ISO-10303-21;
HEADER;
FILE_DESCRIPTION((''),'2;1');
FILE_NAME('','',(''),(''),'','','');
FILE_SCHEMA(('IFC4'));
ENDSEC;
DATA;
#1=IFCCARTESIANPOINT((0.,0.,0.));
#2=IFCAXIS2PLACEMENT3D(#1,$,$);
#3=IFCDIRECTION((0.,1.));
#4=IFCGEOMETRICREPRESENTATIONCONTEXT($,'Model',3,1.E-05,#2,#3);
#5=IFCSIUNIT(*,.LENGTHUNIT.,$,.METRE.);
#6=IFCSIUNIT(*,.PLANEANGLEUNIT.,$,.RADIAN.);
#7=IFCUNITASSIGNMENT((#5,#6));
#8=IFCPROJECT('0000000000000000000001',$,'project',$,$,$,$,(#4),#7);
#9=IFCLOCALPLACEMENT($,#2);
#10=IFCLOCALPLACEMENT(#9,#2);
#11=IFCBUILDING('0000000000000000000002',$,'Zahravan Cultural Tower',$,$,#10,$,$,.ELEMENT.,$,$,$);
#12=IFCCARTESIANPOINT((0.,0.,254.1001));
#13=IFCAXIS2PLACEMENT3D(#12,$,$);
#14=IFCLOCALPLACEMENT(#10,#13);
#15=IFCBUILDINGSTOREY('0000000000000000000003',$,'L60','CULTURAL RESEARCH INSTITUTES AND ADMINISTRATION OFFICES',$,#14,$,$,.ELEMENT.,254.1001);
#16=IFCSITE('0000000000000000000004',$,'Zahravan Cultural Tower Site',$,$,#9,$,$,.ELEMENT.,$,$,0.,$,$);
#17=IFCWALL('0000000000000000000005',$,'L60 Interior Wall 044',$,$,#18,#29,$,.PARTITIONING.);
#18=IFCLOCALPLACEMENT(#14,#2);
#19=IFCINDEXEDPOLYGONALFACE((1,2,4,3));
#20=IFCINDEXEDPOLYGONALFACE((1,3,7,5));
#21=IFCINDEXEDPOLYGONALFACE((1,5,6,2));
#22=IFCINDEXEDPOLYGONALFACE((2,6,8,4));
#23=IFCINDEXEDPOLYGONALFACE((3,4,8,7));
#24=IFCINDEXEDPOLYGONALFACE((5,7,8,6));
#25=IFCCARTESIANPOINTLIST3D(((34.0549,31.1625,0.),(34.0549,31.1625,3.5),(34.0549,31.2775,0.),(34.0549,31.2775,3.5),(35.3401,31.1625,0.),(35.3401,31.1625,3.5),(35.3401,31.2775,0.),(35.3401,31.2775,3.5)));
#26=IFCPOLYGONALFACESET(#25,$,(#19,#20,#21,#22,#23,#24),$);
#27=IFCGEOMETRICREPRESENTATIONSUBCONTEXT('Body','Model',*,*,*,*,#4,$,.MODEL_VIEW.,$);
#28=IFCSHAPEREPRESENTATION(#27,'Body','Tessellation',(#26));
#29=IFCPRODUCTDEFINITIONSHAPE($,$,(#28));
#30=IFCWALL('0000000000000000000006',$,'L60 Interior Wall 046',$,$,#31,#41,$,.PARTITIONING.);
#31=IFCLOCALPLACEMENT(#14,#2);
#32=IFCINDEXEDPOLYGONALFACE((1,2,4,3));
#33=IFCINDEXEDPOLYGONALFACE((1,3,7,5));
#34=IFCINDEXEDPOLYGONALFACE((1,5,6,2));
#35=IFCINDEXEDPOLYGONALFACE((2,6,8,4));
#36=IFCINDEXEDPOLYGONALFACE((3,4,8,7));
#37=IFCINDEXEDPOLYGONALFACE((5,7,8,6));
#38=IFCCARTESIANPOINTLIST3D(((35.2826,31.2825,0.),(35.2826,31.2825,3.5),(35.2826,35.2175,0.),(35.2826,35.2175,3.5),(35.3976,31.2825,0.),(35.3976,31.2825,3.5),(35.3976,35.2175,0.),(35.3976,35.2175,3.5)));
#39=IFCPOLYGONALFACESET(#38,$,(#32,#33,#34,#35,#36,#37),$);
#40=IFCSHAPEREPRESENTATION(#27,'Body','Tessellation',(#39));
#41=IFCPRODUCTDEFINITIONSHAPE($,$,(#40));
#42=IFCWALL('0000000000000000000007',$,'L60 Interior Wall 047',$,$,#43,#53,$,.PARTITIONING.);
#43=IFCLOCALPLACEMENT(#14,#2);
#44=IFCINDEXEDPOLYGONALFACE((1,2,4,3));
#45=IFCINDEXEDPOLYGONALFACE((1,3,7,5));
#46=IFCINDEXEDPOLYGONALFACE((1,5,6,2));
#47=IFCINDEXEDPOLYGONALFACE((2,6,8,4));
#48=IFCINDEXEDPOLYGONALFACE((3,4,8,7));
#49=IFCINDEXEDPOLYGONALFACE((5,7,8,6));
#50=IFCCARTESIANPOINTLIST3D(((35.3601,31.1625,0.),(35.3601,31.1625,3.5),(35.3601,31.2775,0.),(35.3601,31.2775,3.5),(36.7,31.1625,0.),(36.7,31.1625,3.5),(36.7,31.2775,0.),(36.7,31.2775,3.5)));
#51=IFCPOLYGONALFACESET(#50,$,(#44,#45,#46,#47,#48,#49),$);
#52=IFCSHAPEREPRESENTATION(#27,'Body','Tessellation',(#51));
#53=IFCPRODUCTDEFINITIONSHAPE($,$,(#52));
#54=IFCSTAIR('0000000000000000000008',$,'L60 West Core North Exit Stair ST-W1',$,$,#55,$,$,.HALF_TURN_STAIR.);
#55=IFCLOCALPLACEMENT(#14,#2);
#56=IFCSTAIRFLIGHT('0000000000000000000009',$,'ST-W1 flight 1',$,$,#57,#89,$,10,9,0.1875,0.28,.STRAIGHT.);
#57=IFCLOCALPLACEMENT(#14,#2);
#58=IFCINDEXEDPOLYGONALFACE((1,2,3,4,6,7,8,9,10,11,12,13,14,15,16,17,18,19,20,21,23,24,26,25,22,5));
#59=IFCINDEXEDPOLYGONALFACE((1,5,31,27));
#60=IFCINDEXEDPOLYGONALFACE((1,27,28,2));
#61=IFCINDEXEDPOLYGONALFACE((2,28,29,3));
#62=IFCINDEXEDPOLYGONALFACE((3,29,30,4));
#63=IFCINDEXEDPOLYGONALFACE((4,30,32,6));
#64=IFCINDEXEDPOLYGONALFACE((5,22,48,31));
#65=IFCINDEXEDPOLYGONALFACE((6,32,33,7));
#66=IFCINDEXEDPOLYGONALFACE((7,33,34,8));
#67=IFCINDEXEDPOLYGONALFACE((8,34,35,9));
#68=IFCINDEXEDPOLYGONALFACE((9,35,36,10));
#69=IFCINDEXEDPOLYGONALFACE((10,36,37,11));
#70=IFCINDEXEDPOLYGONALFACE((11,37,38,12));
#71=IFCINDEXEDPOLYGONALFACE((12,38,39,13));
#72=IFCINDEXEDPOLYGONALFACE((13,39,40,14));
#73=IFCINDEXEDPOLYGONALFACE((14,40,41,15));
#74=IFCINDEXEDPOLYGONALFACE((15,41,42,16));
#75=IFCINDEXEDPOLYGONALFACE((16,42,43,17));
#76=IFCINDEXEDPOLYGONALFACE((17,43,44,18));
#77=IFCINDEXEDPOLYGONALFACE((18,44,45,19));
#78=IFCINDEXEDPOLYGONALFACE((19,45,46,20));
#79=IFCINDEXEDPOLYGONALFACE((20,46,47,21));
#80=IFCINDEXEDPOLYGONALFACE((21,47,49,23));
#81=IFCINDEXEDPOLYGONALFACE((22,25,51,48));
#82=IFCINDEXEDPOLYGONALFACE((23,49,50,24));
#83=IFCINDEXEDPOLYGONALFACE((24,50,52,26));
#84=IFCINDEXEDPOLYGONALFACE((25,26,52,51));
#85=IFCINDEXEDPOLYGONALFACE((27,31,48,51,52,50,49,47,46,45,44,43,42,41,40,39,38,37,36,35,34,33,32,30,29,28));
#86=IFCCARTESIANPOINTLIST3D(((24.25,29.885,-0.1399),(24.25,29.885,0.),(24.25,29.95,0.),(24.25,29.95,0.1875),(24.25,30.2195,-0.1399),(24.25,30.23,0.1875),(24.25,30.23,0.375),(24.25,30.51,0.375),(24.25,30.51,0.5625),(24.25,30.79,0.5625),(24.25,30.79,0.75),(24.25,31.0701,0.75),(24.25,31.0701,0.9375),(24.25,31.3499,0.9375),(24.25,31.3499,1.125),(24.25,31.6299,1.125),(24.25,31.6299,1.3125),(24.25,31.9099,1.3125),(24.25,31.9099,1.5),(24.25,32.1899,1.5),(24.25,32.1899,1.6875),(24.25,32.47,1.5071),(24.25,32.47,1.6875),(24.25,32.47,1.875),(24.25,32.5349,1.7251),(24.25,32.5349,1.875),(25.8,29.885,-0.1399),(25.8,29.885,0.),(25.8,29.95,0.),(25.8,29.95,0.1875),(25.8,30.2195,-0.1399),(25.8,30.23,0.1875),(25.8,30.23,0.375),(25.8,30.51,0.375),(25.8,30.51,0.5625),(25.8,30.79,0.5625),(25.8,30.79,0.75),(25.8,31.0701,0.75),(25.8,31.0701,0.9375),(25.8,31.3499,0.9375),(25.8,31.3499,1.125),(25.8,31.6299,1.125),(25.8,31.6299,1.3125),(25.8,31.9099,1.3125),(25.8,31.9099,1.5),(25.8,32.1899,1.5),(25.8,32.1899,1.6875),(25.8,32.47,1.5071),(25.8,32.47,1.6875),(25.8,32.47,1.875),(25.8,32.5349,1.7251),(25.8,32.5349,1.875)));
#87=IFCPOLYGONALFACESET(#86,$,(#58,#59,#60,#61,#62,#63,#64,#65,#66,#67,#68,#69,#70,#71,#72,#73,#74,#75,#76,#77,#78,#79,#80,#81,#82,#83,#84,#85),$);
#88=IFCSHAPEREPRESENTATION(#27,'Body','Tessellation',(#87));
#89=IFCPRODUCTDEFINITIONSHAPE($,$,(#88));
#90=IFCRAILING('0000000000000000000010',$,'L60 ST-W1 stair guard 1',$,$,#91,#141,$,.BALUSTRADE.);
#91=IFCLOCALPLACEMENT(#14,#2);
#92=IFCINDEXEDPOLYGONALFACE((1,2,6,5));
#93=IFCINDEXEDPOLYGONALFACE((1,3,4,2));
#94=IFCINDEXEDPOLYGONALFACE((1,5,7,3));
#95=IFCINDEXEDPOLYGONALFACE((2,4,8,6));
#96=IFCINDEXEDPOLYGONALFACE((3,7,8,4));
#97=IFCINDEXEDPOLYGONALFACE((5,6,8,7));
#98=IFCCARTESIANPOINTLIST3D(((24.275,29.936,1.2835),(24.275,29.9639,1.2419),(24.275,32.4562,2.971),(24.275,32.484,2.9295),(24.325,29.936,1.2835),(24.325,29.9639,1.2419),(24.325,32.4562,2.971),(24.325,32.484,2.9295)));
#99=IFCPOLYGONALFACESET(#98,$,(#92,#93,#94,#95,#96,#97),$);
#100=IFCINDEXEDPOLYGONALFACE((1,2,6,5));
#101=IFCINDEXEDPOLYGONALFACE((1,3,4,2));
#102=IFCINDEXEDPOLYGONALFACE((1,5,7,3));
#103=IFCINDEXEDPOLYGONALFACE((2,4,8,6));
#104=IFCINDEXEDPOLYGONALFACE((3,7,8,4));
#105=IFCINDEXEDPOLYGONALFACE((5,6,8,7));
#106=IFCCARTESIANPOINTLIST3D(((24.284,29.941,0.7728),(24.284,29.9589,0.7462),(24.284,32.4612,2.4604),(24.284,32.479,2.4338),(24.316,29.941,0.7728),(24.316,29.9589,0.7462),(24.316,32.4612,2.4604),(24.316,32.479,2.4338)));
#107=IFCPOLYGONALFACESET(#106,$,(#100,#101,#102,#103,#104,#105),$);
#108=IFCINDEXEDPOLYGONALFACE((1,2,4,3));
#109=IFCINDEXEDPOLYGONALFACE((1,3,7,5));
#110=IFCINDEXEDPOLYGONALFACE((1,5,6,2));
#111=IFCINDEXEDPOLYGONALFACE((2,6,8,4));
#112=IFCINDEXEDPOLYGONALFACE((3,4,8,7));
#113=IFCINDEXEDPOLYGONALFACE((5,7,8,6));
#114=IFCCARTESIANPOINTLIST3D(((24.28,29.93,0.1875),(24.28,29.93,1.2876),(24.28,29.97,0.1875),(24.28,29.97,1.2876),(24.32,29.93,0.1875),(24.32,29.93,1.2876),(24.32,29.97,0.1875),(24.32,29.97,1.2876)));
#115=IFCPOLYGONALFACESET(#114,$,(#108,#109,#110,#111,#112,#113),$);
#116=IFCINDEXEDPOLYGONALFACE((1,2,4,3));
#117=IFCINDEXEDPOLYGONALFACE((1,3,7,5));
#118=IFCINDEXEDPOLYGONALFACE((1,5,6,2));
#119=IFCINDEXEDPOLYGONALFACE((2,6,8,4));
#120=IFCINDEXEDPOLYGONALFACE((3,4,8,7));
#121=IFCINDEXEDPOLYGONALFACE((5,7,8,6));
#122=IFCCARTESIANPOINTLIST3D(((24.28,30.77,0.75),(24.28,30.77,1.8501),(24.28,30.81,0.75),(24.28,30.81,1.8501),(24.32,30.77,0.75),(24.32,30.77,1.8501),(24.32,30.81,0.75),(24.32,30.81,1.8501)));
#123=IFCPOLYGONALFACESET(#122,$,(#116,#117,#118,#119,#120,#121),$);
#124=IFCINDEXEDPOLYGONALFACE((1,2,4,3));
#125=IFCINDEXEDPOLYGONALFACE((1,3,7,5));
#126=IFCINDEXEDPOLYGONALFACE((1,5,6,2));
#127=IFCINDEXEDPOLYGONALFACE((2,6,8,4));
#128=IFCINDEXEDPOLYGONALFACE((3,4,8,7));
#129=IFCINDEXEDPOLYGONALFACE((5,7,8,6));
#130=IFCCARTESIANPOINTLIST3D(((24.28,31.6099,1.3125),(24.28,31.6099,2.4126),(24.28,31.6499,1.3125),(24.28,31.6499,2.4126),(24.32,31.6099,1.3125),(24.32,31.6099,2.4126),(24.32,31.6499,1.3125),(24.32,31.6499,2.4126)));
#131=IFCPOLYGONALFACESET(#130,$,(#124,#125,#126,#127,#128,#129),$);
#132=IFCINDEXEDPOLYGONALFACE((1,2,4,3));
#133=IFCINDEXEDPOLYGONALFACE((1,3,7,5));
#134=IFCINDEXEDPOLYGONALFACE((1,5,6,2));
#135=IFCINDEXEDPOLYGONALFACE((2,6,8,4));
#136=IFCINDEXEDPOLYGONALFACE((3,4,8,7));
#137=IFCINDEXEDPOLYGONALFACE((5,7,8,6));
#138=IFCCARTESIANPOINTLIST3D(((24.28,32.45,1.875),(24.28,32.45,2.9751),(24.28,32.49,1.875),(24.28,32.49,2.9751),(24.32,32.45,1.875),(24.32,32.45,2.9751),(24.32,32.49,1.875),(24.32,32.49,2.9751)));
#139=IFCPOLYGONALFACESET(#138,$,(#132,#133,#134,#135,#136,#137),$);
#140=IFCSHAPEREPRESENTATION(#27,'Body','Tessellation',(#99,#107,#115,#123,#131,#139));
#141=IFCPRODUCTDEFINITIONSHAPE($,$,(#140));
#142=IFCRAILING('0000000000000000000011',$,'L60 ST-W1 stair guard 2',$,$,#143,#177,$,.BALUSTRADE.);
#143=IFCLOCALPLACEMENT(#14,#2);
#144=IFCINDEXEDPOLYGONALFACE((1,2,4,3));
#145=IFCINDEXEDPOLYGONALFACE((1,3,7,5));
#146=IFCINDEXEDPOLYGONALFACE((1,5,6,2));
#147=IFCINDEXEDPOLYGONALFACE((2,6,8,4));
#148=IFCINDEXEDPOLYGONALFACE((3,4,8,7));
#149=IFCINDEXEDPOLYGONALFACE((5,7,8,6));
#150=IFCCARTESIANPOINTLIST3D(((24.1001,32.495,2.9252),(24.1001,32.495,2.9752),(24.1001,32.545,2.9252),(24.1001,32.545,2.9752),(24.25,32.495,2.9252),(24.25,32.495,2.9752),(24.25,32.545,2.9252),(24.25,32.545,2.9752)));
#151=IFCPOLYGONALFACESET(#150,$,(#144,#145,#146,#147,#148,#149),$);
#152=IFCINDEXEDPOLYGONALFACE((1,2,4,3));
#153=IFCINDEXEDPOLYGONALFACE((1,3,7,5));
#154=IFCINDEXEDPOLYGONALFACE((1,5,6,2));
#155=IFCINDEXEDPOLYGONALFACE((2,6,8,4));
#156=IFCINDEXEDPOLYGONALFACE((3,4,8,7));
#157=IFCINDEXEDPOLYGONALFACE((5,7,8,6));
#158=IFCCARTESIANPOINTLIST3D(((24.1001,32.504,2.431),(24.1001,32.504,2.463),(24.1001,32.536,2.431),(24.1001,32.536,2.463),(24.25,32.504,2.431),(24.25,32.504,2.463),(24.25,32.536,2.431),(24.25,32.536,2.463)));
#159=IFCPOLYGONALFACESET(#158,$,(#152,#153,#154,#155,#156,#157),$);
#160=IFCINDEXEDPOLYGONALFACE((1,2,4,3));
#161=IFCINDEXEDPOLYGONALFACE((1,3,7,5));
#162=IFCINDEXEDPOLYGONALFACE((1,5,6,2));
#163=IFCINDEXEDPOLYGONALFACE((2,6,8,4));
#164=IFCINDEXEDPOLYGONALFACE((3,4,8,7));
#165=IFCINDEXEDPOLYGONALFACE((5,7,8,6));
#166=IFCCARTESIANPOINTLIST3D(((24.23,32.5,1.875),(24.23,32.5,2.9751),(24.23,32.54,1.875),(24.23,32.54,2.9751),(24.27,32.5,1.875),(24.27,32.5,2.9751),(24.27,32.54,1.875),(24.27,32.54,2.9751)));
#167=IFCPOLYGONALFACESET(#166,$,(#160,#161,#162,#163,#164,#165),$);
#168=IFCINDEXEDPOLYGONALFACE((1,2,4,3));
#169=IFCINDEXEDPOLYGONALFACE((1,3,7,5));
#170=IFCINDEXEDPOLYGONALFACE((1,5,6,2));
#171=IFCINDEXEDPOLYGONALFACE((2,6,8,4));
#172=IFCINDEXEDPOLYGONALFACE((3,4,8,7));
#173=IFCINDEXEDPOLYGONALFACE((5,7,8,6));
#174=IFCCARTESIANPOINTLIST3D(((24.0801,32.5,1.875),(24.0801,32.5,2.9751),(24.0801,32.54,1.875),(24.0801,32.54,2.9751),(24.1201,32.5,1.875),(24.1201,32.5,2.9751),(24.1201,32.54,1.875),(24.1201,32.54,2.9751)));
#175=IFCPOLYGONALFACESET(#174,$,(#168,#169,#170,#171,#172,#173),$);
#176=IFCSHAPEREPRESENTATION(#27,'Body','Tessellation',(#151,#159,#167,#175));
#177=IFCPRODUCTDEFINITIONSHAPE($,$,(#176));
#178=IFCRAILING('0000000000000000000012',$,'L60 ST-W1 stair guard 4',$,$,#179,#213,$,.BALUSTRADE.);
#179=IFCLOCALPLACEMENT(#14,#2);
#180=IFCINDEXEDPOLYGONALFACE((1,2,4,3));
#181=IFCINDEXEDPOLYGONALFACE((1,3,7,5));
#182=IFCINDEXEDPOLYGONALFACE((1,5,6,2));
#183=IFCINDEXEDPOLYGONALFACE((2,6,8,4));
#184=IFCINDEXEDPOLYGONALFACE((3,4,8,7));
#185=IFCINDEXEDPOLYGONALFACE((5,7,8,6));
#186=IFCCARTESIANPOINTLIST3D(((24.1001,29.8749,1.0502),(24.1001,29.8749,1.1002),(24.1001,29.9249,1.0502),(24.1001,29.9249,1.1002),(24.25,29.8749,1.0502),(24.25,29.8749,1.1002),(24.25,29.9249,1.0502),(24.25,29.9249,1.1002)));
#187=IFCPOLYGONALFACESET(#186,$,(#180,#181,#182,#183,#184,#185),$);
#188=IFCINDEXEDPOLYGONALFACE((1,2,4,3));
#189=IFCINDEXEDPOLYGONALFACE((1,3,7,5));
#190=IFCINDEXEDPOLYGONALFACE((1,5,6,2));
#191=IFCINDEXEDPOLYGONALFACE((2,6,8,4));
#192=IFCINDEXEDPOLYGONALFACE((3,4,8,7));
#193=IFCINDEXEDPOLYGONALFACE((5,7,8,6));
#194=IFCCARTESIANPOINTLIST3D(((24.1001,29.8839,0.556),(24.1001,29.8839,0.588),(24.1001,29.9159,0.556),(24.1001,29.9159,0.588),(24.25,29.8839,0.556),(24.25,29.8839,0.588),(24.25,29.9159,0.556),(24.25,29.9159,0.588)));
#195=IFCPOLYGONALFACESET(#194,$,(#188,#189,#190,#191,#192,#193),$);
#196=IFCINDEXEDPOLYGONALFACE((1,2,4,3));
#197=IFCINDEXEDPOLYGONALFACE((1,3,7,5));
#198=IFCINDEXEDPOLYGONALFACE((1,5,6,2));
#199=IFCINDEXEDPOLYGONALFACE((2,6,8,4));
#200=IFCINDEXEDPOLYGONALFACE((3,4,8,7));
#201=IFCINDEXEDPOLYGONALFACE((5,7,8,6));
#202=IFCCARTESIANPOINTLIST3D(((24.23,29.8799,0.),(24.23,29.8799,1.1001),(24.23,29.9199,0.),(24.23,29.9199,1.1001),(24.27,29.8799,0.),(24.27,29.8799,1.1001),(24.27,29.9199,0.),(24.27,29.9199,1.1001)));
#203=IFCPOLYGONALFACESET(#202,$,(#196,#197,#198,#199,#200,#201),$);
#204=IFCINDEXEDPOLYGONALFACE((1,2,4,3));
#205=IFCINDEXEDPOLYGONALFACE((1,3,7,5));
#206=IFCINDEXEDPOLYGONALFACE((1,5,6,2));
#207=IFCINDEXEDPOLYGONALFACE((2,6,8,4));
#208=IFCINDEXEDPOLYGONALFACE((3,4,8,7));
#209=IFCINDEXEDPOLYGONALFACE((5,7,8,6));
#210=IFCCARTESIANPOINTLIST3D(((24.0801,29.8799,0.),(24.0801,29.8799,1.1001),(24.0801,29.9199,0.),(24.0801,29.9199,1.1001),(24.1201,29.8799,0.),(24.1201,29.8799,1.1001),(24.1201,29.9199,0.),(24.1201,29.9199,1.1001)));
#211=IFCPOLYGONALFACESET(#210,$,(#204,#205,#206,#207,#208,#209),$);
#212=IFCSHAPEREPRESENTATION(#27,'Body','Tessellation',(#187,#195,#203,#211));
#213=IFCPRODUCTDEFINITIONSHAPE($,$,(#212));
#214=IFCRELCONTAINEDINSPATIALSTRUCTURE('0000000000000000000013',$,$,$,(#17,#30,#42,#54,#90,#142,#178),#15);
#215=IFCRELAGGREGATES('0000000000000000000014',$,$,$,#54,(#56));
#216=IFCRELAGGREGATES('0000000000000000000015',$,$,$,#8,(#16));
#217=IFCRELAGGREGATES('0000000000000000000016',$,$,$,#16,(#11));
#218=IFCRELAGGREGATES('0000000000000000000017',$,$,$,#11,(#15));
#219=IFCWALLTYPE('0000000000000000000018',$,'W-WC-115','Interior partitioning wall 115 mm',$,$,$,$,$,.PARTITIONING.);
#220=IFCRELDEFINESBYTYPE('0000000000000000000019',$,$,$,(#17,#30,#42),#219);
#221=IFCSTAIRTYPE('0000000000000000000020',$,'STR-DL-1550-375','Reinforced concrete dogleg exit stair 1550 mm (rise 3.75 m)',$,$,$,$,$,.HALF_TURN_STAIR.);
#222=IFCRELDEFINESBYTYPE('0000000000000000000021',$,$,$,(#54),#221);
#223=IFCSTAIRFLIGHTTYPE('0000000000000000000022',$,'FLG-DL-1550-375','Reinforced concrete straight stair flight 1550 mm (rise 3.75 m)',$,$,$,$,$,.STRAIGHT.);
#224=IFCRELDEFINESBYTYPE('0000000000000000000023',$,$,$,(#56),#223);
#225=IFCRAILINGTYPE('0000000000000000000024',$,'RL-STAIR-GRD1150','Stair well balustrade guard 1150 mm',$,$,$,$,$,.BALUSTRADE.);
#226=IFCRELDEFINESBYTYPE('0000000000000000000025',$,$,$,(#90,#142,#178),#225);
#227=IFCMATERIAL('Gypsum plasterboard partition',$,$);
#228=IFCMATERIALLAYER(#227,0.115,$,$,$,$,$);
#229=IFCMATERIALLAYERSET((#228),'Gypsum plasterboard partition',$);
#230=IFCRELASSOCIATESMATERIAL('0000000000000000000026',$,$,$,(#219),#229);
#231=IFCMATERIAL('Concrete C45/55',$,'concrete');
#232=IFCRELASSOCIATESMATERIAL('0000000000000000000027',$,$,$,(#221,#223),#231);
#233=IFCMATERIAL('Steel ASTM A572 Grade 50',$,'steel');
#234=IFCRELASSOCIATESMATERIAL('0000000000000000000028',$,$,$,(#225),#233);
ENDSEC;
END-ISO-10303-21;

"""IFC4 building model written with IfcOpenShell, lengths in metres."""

from ifc_helpers import new_model, si_unit, direction, frame, frame_2d, origin, origin_2d, place, context, subcontext, project, spatial, polyline, rectangle, outline, extrude, source, transform, mapped, material, layer, layer_set, type_object, element, aggregate, save


model = new_model("IFC4")

# Units and contexts
model_context = context("Model", 3, precision=1e-05, world=origin(), true_north=direction((0.0, 1.0)))
body_context = subcontext(model_context, "Body", "Model", "MODEL_VIEW")
ifc_project = project(units=[si_unit("LENGTHUNIT", "METRE"), si_unit("PLANEANGLEUNIT", "RADIAN")], contexts=[model_context])

# Site, building, storey
site_placement = place(None, origin())
site = spatial("IfcSite", under=ifc_project, at=site_placement, Name="Zahravan Cultural Tower Site", CompositionType="ELEMENT", RefElevation=0.0)
building_placement = place(site_placement, origin())
building = spatial("IfcBuilding", under=site, at=building_placement, Name="Zahravan Cultural Tower", CompositionType="ELEMENT")
storey_placement = place(building_placement, frame((0.0, 0.0, 254.1001)))
storey = spatial("IfcBuildingStorey", under=building, at=storey_placement, Name="L60", Description="CULTURAL RESEARCH INSTITUTES AND ADMINISTRATION OFFICES", CompositionType="ELEMENT", Elevation=254.1001)

# Shared definitions
ifc_material_1 = material(Name="Concrete C45/55", Category="concrete")
ifc_material_2 = material(Name="Steel ASTM A572 Grade 50", Category="steel")
ifc_material_3 = material(Name="Gypsum plasterboard partition")
ifc_layer_1 = layer(ifc_material_3, 0.115)
ifc_layer_set_1 = layer_set([ifc_layer_1], Name="Gypsum plasterboard partition")
wall_type_1 = type_object("IfcWallType", Name="W-WC-115", Description="Interior partitioning wall 115 mm", PredefinedType="PARTITIONING", material=ifc_layer_set_1)

# Walls
shared_shape_1 = source(origin(), body_context, "Body", "SweptSolid", [
    extrude(rectangle(XDim=1.2852, YDim=0.115, at=frame_2d((0.6426, 0.0))), origin(), (0.0, 0.0, 1.0), 3.5),
])
wall_1_placement = place(storey_placement, frame((35.3401, 31.22, 0.0), z_axis=(0.0, 0.0, 1.0), x_axis=(-1.0, 0.0, 0.0)))
element("IfcWall", 1, at=wall_1_placement, inside=storey, type_object=wall_type_1, Name="L60 Interior Wall 044", PredefinedType="PARTITIONING", context=body_context, shape_type="MappedRepresentation", body=[
    mapped(shared_shape_1, transform((0.0, 0.0, 0.0), x_axis=(1.0, 0.0, 0.0), y_axis=(0.0, 1.0, 0.0), z_axis=(0.0, 0.0, 1.0), scale=1.0)),
])
shared_shape_2 = source(origin(), body_context, "Body", "SweptSolid", [
    extrude(rectangle(XDim=3.9351, YDim=0.115, at=frame_2d((1.9675, 0.0))), origin(), (0.0, 0.0, 1.0), 3.5),
])
wall_2_placement = place(storey_placement, frame((35.3401, 35.2175, 0.0), z_axis=(0.0, 0.0, 1.0), x_axis=(0.0, -1.0, 0.0)))
element("IfcWall", 2, at=wall_2_placement, inside=storey, type_object=wall_type_1, Name="L60 Interior Wall 046", PredefinedType="PARTITIONING", context=body_context, shape_type="MappedRepresentation", body=[
    mapped(shared_shape_2, transform((0.0, 0.0, 0.0), x_axis=(1.0, 0.0, 0.0), y_axis=(0.0, 1.0, 0.0), z_axis=(0.0, 0.0, 1.0), scale=1.0)),
])
shared_shape_3 = source(origin(), body_context, "Body", "SweptSolid", [
    extrude(rectangle(XDim=1.3398, YDim=0.115, at=frame_2d((0.6699, 0.0))), origin(), (0.0, 0.0, 1.0), 3.5),
])
wall_3_placement = place(storey_placement, frame((36.7, 31.22, 0.0), z_axis=(0.0, 0.0, 1.0), x_axis=(-1.0, 0.0, 0.0)))
element("IfcWall", 3, at=wall_3_placement, inside=storey, type_object=wall_type_1, Name="L60 Interior Wall 047", PredefinedType="PARTITIONING", context=body_context, shape_type="MappedRepresentation", body=[
    mapped(shared_shape_3, transform((0.0, 0.0, 0.0), x_axis=(1.0, 0.0, 0.0), y_axis=(0.0, 1.0, 0.0), z_axis=(0.0, 0.0, 1.0), scale=1.0)),
])

# Stair, stair flight
stair_type = type_object("IfcStairType", Name="STR-DL-1550-375", Description="Reinforced concrete dogleg exit stair 1550 mm (rise 3.75 m)", PredefinedType="HALF_TURN_STAIR", material=ifc_material_1)
stair_placement = place(storey_placement, origin())
stair = element("IfcStair", 4, at=stair_placement, inside=storey, type_object=stair_type, Name="L60 West Core North Exit Stair ST-W1", PredefinedType="HALF_TURN_STAIR")
stair_flight_type = type_object("IfcStairFlightType", Name="FLG-DL-1550-375", Description="Reinforced concrete straight stair flight 1550 mm (rise 3.75 m)", PredefinedType="STRAIGHT", material=ifc_material_1)
stair_flight_placement = place(storey_placement, frame((25.0249, 29.95, 0.0), z_axis=(0.0, 0.0, 1.0), x_axis=(0.0, 1.0, 0.0)))
stair_flight = element("IfcStairFlight", 5, at=stair_flight_placement, type_object=stair_flight_type, Name="ST-W1 flight 1", NumberOfRisers=10, NumberOfTreads=9, PredefinedType="STRAIGHT", RiserHeight=0.1875, TreadLength=0.28, context=body_context, shape_type="SweptSolid", body=[
    extrude(outline(polyline([(-0.0649, -0.1399), (-0.0649, 0.0), (0.0, 0.0), (0.0, 0.1875), (0.28, 0.1875), (0.28, 0.375), (0.5601, 0.375), (0.5601, 0.5625), (0.8401, 0.5625), (0.8401, 0.75), (1.1201, 0.75), (1.1201, 0.9375), (1.3999, 0.9375), (1.3999, 1.125), (1.6799, 1.125), (1.6799, 1.3125), (1.96, 1.3125), (1.96, 1.5), (2.24, 1.5), (2.24, 1.6875), (2.52, 1.6875), (2.52, 1.875), (2.585, 1.875), (2.585, 1.7251), (2.52, 1.5071), (0.2695, -0.1399), (-0.0649, -0.1399)])), frame((0.0, 0.7749, 0.0), z_axis=(0.0, -1.0, 0.0), x_axis=(1.0, 0.0, 0.0)), (0.0, 0.0, 1.0), 1.55),
])
aggregate(stair, [stair_flight])

# Railings
railing_type_1 = type_object("IfcRailingType", Name="RL-STAIR-GRD1150", Description="Stair well balustrade guard 1150 mm", PredefinedType="BALUSTRADE", material=ifc_material_2)
railing_1_placement = place(storey_placement, frame((24.3, 29.95, 0.1875)))
element("IfcRailing", 6, at=railing_1_placement, inside=storey, type_object=railing_type_1, Name="L60 ST-W1 stair guard 1", PredefinedType="BALUSTRADE", context=body_context, shape_type="SweptSolid", body=[
    extrude(rectangle(XDim=0.05, YDim=0.05, at=origin_2d()), frame((0.0, 0.0, 1.0752), z_axis=(0.0, 0.830909, 0.556408), x_axis=(-1.0, 0.0, 0.0)), (0.0, 0.0, 1.0), 3.033),
    extrude(rectangle(XDim=0.032, YDim=0.032, at=origin_2d()), frame((0.0, 0.0, 0.572), z_axis=(0.0, 0.830909, 0.556408), x_axis=(-1.0, 0.0, 0.0)), (0.0, 0.0, 1.0), 3.033),
    extrude(rectangle(XDim=0.04, YDim=0.04, at=origin_2d()), origin(), (0.0, 0.0, 1.0), 1.1001),
    extrude(rectangle(XDim=0.04, YDim=0.04, at=origin_2d()), frame((0.0, 0.8401, 0.5625)), (0.0, 0.0, 1.0), 1.1001),
    extrude(rectangle(XDim=0.04, YDim=0.04, at=origin_2d()), frame((0.0, 1.6799, 1.125)), (0.0, 0.0, 1.0), 1.1001),
    extrude(rectangle(XDim=0.04, YDim=0.04, at=origin_2d()), frame((0.0, 2.52, 1.6875)), (0.0, 0.0, 1.0), 1.1001),
])
for number, where, name in (
    (7, (24.25, 32.52, 1.875), "L60 ST-W1 stair guard 2"),
    (8, (24.25, 29.8999, 0.0), "L60 ST-W1 stair guard 4"),
):
    element("IfcRailing", number, at=place(storey_placement, frame(where)), inside=storey, type_object=railing_type_1, Name=name, PredefinedType="BALUSTRADE", context=body_context, shape_type="SweptSolid", body=[
        extrude(rectangle(XDim=0.05, YDim=0.05, at=origin_2d()), frame((0.0, 0.0, 1.0752), z_axis=(-1.0, 0.0, 0.0), x_axis=(0.0, -1.0, 0.0)), (0.0, 0.0, 1.0), 0.1499),
        extrude(rectangle(XDim=0.032, YDim=0.032, at=origin_2d()), frame((0.0, 0.0, 0.572), z_axis=(-1.0, 0.0, 0.0), x_axis=(0.0, -1.0, 0.0)), (0.0, 0.0, 1.0), 0.1499),
        extrude(rectangle(XDim=0.04, YDim=0.04, at=origin_2d()), origin(), (0.0, 0.0, 1.0), 1.1001),
        extrude(rectangle(XDim=0.04, YDim=0.04, at=origin_2d()), frame((-0.1499, 0.0, 0.0)), (0.0, 0.0, 1.0), 1.1001),
    ])

save(model, "model.ifc")
